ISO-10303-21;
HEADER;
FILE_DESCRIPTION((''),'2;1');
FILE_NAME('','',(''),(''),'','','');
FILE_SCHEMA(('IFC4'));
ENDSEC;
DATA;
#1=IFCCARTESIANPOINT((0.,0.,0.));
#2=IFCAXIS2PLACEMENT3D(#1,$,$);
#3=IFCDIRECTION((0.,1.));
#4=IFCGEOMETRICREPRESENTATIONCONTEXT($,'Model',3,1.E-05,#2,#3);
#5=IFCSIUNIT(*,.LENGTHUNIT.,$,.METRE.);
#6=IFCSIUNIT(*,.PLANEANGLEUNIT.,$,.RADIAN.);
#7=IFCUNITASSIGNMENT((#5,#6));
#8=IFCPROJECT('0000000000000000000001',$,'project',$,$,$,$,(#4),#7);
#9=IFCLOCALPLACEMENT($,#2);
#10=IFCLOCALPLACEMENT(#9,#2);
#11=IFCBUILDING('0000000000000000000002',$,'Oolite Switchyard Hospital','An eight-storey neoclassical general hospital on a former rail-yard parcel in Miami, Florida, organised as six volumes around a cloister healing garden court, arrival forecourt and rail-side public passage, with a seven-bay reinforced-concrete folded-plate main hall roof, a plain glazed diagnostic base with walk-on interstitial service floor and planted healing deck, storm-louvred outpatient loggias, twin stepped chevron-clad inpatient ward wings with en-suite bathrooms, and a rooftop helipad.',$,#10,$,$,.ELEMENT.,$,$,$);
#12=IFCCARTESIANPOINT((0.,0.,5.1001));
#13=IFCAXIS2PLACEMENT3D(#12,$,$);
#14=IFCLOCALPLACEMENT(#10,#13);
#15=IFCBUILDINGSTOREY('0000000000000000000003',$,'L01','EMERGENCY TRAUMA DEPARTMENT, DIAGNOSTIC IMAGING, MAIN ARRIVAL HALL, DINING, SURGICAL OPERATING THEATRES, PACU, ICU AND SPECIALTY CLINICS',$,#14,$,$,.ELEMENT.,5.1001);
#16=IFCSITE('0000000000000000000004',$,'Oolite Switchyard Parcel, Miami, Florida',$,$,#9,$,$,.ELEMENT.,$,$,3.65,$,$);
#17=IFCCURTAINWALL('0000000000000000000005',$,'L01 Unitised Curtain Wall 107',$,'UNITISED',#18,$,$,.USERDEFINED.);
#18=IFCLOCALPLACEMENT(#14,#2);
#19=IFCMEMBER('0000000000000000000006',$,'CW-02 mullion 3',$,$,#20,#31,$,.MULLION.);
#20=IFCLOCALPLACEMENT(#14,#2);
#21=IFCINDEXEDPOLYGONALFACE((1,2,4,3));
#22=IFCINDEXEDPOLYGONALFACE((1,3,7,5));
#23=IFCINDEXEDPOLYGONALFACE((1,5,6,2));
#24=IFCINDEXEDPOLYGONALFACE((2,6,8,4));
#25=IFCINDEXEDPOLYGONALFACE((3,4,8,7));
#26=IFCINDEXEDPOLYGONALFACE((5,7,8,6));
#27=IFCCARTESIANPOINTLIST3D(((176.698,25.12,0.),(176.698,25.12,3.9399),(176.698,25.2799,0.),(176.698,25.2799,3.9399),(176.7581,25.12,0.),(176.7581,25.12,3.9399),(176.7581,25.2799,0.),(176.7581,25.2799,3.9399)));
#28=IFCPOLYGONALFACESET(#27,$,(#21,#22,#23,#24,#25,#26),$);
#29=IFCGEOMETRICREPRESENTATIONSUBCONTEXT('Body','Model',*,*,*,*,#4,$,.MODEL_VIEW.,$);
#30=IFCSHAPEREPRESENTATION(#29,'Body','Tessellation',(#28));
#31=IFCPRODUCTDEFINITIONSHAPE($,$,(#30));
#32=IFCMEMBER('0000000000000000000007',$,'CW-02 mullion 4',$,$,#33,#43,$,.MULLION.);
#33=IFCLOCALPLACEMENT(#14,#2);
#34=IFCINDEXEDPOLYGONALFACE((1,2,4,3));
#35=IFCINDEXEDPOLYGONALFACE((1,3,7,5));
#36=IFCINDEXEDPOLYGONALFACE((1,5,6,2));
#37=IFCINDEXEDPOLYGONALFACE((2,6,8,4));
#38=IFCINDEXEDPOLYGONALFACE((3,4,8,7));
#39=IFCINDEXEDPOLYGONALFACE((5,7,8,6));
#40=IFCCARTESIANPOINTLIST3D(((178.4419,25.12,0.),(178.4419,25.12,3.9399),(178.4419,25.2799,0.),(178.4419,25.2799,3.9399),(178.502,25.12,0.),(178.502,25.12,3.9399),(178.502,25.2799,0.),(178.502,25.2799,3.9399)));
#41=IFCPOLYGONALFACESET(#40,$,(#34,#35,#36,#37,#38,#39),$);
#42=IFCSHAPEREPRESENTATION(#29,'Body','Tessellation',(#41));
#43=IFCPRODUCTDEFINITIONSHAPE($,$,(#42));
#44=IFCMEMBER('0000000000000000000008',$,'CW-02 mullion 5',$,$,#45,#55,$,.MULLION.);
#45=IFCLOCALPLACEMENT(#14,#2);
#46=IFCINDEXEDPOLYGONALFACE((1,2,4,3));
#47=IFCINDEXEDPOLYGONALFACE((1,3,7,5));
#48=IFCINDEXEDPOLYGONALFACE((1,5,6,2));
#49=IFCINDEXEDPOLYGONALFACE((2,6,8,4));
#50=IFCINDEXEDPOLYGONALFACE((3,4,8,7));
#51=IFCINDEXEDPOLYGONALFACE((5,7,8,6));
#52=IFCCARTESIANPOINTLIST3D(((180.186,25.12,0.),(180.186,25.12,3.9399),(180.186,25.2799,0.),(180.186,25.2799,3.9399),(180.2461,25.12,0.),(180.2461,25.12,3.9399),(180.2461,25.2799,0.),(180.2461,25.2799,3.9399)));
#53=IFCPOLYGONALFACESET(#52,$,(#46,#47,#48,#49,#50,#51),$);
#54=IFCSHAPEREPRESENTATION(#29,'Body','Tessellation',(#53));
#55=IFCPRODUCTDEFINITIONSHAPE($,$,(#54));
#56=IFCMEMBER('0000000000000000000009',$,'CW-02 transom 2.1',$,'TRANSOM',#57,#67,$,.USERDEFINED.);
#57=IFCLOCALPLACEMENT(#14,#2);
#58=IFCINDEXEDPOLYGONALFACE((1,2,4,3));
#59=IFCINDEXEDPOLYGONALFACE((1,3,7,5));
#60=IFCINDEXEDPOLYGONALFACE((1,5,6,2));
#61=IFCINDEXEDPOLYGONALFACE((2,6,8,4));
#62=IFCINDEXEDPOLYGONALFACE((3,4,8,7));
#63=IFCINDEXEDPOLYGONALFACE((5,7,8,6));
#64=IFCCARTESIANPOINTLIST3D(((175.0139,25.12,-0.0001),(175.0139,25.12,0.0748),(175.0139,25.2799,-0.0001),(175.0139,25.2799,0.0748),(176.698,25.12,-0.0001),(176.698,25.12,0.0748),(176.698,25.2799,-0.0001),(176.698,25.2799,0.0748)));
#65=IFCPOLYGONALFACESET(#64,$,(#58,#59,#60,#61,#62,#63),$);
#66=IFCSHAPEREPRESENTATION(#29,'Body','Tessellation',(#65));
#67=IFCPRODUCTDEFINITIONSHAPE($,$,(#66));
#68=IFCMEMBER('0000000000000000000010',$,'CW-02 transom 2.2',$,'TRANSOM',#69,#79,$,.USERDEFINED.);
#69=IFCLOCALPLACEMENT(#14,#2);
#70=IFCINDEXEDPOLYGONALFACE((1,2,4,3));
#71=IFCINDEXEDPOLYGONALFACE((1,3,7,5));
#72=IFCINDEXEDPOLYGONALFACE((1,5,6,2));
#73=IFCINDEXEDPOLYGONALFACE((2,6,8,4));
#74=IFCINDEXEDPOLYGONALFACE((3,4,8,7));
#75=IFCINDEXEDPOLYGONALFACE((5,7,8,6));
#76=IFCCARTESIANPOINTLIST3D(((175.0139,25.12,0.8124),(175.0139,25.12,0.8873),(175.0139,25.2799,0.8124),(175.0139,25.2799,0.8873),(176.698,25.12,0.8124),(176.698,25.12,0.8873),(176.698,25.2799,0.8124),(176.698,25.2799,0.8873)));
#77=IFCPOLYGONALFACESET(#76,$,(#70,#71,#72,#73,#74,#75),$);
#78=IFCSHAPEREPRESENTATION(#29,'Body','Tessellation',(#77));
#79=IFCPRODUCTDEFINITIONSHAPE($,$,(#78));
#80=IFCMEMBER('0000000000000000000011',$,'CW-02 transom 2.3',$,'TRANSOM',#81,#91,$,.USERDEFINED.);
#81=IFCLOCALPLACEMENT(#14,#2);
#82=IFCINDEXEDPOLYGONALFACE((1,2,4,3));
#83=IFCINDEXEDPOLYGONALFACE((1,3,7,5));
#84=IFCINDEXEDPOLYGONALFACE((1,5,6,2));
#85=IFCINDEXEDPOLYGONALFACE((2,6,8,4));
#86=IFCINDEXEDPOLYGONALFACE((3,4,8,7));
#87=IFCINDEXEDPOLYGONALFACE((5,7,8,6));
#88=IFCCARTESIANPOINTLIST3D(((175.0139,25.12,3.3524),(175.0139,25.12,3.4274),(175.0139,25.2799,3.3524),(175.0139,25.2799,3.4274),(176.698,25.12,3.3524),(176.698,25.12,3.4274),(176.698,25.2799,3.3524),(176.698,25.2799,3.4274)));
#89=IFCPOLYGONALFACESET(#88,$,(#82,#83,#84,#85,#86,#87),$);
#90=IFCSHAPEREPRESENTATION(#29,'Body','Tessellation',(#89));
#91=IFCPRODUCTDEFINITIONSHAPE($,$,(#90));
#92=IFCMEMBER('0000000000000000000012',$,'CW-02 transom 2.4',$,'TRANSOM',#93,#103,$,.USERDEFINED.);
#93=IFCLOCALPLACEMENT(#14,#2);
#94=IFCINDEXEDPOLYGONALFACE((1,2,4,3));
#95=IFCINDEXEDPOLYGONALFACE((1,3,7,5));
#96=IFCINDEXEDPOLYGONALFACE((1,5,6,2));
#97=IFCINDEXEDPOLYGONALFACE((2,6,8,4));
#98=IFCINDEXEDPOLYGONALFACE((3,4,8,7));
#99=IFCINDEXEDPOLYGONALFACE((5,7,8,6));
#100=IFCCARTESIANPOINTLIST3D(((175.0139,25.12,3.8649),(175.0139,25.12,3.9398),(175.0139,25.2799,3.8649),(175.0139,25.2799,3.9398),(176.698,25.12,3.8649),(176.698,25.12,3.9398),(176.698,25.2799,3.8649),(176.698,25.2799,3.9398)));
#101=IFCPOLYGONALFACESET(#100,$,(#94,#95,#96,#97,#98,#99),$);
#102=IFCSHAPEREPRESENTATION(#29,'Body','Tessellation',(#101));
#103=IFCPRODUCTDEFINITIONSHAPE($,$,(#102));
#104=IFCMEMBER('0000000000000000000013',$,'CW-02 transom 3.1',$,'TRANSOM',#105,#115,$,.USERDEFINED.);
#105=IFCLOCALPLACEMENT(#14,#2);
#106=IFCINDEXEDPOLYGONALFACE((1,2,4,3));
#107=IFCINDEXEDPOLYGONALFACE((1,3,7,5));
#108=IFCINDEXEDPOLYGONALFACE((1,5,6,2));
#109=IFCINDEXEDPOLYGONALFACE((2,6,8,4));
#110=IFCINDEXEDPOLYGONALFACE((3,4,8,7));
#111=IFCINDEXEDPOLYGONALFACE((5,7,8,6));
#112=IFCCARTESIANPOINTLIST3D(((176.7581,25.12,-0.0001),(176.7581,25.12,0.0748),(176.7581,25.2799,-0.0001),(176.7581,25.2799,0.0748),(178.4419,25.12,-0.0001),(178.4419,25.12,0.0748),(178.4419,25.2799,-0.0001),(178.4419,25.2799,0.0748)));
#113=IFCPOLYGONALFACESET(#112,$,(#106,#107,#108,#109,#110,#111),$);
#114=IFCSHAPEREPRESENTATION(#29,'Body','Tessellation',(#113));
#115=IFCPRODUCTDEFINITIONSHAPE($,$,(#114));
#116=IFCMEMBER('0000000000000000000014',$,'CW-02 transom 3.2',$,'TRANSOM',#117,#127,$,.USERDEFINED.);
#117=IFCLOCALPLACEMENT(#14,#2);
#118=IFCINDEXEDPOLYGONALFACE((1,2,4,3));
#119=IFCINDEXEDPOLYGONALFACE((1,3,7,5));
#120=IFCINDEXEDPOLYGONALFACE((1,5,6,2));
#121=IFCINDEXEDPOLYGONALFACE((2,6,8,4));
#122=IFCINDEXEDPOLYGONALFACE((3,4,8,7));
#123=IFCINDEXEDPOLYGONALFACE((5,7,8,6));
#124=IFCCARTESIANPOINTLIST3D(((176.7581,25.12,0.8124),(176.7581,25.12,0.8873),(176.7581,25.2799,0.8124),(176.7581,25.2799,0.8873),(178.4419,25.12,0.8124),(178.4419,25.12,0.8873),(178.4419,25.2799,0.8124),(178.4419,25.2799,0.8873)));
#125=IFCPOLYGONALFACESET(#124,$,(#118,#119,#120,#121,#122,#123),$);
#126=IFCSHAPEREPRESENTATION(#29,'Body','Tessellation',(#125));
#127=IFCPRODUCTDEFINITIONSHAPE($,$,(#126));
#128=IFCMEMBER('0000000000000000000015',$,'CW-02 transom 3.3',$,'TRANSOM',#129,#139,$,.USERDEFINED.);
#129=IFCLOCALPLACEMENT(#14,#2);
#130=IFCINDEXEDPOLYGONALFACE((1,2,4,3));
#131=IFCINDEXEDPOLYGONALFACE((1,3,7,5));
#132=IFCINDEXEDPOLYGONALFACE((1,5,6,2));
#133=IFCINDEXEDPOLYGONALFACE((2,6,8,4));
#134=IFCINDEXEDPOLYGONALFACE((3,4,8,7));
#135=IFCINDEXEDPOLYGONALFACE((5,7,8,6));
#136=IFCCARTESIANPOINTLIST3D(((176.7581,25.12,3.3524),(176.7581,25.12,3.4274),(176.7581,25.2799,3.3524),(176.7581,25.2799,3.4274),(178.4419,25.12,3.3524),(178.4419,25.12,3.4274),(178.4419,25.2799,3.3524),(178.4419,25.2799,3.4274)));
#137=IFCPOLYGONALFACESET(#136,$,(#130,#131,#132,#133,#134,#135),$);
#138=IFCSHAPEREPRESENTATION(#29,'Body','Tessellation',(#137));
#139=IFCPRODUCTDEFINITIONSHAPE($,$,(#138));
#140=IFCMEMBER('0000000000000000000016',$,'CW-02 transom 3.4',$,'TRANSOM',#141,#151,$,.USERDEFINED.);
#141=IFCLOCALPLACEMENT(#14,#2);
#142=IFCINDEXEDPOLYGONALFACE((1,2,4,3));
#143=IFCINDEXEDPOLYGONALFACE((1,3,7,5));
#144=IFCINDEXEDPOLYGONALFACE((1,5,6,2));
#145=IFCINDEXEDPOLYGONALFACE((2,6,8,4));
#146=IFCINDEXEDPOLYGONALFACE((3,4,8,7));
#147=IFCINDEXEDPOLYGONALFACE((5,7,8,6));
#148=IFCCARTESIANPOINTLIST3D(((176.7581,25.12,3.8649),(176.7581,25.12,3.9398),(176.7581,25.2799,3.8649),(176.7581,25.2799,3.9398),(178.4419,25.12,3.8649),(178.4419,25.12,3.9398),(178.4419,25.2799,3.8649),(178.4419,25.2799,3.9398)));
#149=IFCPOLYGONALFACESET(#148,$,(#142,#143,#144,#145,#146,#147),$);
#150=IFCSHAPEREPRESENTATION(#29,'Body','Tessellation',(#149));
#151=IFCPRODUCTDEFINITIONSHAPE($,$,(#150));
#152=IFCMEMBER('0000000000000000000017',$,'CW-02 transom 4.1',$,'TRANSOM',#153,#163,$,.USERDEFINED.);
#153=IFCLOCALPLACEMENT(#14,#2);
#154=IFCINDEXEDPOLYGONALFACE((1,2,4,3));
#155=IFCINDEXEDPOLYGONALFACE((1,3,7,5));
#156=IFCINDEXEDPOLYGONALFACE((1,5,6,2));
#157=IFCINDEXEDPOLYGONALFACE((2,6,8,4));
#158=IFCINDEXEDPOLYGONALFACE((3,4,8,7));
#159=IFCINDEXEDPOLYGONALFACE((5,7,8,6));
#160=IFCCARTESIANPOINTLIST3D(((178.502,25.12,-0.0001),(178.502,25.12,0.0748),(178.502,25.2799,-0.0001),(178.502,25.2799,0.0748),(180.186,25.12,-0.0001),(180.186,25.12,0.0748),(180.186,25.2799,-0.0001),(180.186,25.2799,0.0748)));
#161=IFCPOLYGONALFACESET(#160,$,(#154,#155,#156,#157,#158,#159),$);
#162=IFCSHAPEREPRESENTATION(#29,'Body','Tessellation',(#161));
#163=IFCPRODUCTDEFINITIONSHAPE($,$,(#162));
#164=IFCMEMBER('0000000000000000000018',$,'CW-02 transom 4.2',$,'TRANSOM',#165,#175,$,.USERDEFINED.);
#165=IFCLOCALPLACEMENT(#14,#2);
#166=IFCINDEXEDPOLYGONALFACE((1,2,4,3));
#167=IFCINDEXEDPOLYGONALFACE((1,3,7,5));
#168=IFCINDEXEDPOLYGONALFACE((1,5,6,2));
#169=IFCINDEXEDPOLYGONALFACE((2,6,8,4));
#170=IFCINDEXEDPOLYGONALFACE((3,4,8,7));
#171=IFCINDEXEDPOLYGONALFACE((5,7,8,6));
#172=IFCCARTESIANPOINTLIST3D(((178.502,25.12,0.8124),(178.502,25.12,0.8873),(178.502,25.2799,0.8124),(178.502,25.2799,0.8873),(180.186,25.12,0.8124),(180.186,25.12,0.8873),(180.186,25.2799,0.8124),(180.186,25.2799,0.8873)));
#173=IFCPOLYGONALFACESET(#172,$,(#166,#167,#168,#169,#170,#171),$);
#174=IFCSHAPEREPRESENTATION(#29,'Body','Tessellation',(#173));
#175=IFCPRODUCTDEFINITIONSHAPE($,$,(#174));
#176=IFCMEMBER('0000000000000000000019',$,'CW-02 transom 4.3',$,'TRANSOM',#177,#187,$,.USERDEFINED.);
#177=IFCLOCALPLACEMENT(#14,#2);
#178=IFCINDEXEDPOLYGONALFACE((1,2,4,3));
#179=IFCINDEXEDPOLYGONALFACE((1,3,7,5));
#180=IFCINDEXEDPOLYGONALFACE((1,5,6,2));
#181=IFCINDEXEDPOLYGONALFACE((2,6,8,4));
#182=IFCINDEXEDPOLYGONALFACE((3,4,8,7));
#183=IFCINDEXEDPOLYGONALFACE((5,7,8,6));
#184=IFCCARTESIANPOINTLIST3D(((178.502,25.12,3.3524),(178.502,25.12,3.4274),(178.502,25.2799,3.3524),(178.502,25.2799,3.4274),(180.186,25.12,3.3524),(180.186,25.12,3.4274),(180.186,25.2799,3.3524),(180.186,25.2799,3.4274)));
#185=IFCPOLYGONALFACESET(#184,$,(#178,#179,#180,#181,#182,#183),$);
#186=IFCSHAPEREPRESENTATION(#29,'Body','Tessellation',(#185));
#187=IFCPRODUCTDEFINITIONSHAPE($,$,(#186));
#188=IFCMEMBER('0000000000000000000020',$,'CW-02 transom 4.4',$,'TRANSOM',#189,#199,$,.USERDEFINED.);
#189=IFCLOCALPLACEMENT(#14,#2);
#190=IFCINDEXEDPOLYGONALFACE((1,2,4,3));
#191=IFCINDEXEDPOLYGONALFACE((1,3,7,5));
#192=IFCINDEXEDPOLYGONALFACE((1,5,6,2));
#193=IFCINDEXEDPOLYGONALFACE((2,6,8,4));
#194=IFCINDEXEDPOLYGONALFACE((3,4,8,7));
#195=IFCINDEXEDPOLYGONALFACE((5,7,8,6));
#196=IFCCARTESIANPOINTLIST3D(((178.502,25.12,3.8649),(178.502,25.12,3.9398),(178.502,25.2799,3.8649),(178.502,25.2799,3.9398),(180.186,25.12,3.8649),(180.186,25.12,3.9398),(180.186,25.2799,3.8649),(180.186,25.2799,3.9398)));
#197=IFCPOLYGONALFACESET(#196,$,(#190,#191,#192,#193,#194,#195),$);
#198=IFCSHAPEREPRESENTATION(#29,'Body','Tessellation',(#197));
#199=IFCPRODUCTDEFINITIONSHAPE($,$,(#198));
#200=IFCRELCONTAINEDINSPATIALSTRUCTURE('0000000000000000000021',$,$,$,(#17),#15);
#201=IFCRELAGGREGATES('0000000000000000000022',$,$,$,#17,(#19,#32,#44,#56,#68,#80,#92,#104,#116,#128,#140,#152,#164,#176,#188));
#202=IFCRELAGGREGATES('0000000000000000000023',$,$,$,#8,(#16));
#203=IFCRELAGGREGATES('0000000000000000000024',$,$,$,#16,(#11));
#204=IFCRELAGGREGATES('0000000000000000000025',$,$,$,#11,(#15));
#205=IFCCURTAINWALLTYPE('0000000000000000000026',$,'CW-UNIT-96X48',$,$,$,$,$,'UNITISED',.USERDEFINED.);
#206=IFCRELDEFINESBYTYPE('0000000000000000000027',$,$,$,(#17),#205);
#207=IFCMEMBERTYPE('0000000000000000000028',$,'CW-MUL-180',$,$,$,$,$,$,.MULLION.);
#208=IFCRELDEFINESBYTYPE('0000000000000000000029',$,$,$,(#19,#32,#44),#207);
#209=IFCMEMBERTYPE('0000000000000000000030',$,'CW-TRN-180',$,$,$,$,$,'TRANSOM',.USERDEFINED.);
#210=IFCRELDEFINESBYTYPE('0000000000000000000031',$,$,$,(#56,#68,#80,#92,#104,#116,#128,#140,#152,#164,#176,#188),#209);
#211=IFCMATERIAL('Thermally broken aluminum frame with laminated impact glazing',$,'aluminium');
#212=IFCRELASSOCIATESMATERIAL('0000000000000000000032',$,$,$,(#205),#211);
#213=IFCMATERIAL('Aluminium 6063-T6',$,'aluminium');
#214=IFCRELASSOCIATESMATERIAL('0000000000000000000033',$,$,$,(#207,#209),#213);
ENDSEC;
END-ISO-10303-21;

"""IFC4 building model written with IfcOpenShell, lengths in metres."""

from ifc_helpers import new_model, si_unit, direction, frame, origin, origin_2d, place, context, subcontext, project, spatial, rectangle, extrude, material, material_profile, profile_set, type_object, element, aggregate, save


model = new_model("IFC4")

# Units and contexts
model_context = context("Model", 3, precision=1e-05, world=origin(), true_north=direction((0.0, 1.0)))
body_context = subcontext(model_context, "Body", "Model", "MODEL_VIEW")
ifc_project = project(units=[si_unit("LENGTHUNIT", "METRE"), si_unit("PLANEANGLEUNIT", "RADIAN")], contexts=[model_context])

# Site, building, storey
site_placement = place(None, origin())
site = spatial("IfcSite", under=ifc_project, at=site_placement, Name="Oolite Switchyard Parcel, Miami, Florida", CompositionType="ELEMENT", RefElevation=3.65)
building_placement = place(site_placement, origin())
building = spatial("IfcBuilding", under=site, at=building_placement, Name="Oolite Switchyard Hospital", Description="An eight-storey neoclassical general hospital on a former rail-yard parcel in Miami, Florida, organised as six volumes around a cloister healing garden court, arrival forecourt and rail-side public passage, with a seven-bay reinforced-concrete folded-plate main hall roof, a plain glazed diagnostic base with walk-on interstitial service floor and planted healing deck, storm-louvred outpatient loggias, twin stepped chevron-clad inpatient ward wings with en-suite bathrooms, and a rooftop helipad.", CompositionType="ELEMENT")
storey_placement = place(building_placement, frame((0.0, 0.0, 5.1001)))
storey = spatial("IfcBuildingStorey", under=building, at=storey_placement, Name="L01", Description="EMERGENCY TRAUMA DEPARTMENT, DIAGNOSTIC IMAGING, MAIN ARRIVAL HALL, DINING, SURGICAL OPERATING THEATRES, PACU, ICU AND SPECIALTY CLINICS", CompositionType="ELEMENT", Elevation=5.1001)

# Curtain wall, members
ifc_material_1 = material(Name="Thermally broken aluminum frame with laminated impact glazing", Category="aluminium")
curtain_wall_type = type_object("IfcCurtainWallType", Name="CW-UNIT-96X48", ElementType="UNITISED", PredefinedType="USERDEFINED", material=ifc_material_1)
curtain_wall_placement = place(storey_placement, origin())
curtain_wall = element("IfcCurtainWall", 1, at=curtain_wall_placement, inside=storey, type_object=curtain_wall_type, Name="L01 Unitised Curtain Wall 107", ObjectType="UNITISED", PredefinedType="USERDEFINED")
ifc_material_2 = material(Name="Aluminium 6063-T6", Category="aluminium")
ifc_material_profile_1 = material_profile(ifc_material_2, rectangle(XDim=0.1599, YDim=0.0601, at=origin_2d()), Name="CWM60X160")
ifc_profile_set_1 = profile_set([ifc_material_profile_1], Name="Aluminium 6063-T6")
member_type_1 = type_object("IfcMemberType", Name="CW-MUL-180", PredefinedType="MULLION", material=ifc_profile_set_1)
member_1_placement = place(storey_placement, frame((176.728, 25.2, 0.0), z_axis=(0.0, 0.0, 1.0), x_axis=(0.0, 1.0, 0.0)))
member_1 = element("IfcMember", 2, at=member_1_placement, type_object=member_type_1, Name="CW-02 mullion 3", PredefinedType="MULLION", context=body_context, shape_type="SweptSolid", body=[
    extrude(rectangle(XDim=0.1599, YDim=0.0601, at=origin_2d()), origin(), (0.0, 0.0, 1.0), 3.9399),
])
member_2_placement = place(storey_placement, frame((178.4719, 25.2, 0.0), z_axis=(0.0, 0.0, 1.0), x_axis=(0.0, 1.0, 0.0)))
member_2 = element("IfcMember", 3, at=member_2_placement, type_object=member_type_1, Name="CW-02 mullion 4", PredefinedType="MULLION", context=body_context, shape_type="SweptSolid", body=[
    extrude(rectangle(XDim=0.1599, YDim=0.0601, at=origin_2d()), origin(), (0.0, 0.0, 1.0), 3.9399),
])
member_3_placement = place(storey_placement, frame((180.2161, 25.2, 0.0), z_axis=(0.0, 0.0, 1.0), x_axis=(0.0, 1.0, 0.0)))
member_3 = element("IfcMember", 4, at=member_3_placement, type_object=member_type_1, Name="CW-02 mullion 5", PredefinedType="MULLION", context=body_context, shape_type="SweptSolid", body=[
    extrude(rectangle(XDim=0.1599, YDim=0.0601, at=origin_2d()), origin(), (0.0, 0.0, 1.0), 3.9399),
])
ifc_material_profile_2 = material_profile(ifc_material_2, rectangle(XDim=0.1599, YDim=0.075, at=origin_2d()), Name="CWT75X160")
ifc_profile_set_2 = profile_set([ifc_material_profile_2], Name="Aluminium 6063-T6")
member_type_2 = type_object("IfcMemberType", Name="CW-TRN-180", ElementType="TRANSOM", PredefinedType="USERDEFINED", material=ifc_profile_set_2)
member_4_placement = place(storey_placement, frame((175.0139, 25.2, 0.0374), z_axis=(1.0, 0.0, 0.0), x_axis=(0.0, 1.0, 0.0)))
member_4 = element("IfcMember", 5, at=member_4_placement, type_object=member_type_2, Name="CW-02 transom 2.1", ObjectType="TRANSOM", PredefinedType="USERDEFINED", context=body_context, shape_type="SweptSolid", body=[
    extrude(rectangle(XDim=0.1599, YDim=0.075, at=origin_2d()), origin(), (0.0, 0.0, 1.0), 1.6841),
])
member_5_placement = place(storey_placement, frame((175.0139, 25.2, 0.8499), z_axis=(1.0, 0.0, 0.0), x_axis=(0.0, 1.0, 0.0)))
member_5 = element("IfcMember", 6, at=member_5_placement, type_object=member_type_2, Name="CW-02 transom 2.2", ObjectType="TRANSOM", PredefinedType="USERDEFINED", context=body_context, shape_type="SweptSolid", body=[
    extrude(rectangle(XDim=0.1599, YDim=0.075, at=origin_2d()), origin(), (0.0, 0.0, 1.0), 1.6841),
])
member_6_placement = place(storey_placement, frame((175.0139, 25.2, 3.3899), z_axis=(1.0, 0.0, 0.0), x_axis=(0.0, 1.0, 0.0)))
member_6 = element("IfcMember", 7, at=member_6_placement, type_object=member_type_2, Name="CW-02 transom 2.3", ObjectType="TRANSOM", PredefinedType="USERDEFINED", context=body_context, shape_type="SweptSolid", body=[
    extrude(rectangle(XDim=0.1599, YDim=0.075, at=origin_2d()), origin(), (0.0, 0.0, 1.0), 1.6841),
])
member_7_placement = place(storey_placement, frame((175.0139, 25.2, 3.9023), z_axis=(1.0, 0.0, 0.0), x_axis=(0.0, 1.0, 0.0)))
member_7 = element("IfcMember", 8, at=member_7_placement, type_object=member_type_2, Name="CW-02 transom 2.4", ObjectType="TRANSOM", PredefinedType="USERDEFINED", context=body_context, shape_type="SweptSolid", body=[
    extrude(rectangle(XDim=0.1599, YDim=0.075, at=origin_2d()), origin(), (0.0, 0.0, 1.0), 1.6841),
])
member_8_placement = place(storey_placement, frame((176.7581, 25.2, 0.0374), z_axis=(1.0, 0.0, 0.0), x_axis=(0.0, 1.0, 0.0)))
member_8 = element("IfcMember", 9, at=member_8_placement, type_object=member_type_2, Name="CW-02 transom 3.1", ObjectType="TRANSOM", PredefinedType="USERDEFINED", context=body_context, shape_type="SweptSolid", body=[
    extrude(rectangle(XDim=0.1599, YDim=0.075, at=origin_2d()), origin(), (0.0, 0.0, 1.0), 1.6838),
])
member_9_placement = place(storey_placement, frame((176.7581, 25.2, 0.8499), z_axis=(1.0, 0.0, 0.0), x_axis=(0.0, 1.0, 0.0)))
member_9 = element("IfcMember", 10, at=member_9_placement, type_object=member_type_2, Name="CW-02 transom 3.2", ObjectType="TRANSOM", PredefinedType="USERDEFINED", context=body_context, shape_type="SweptSolid", body=[
    extrude(rectangle(XDim=0.1599, YDim=0.075, at=origin_2d()), origin(), (0.0, 0.0, 1.0), 1.6838),
])
member_10_placement = place(storey_placement, frame((176.7581, 25.2, 3.3899), z_axis=(1.0, 0.0, 0.0), x_axis=(0.0, 1.0, 0.0)))
member_10 = element("IfcMember", 11, at=member_10_placement, type_object=member_type_2, Name="CW-02 transom 3.3", ObjectType="TRANSOM", PredefinedType="USERDEFINED", context=body_context, shape_type="SweptSolid", body=[
    extrude(rectangle(XDim=0.1599, YDim=0.075, at=origin_2d()), origin(), (0.0, 0.0, 1.0), 1.6838),
])
member_11_placement = place(storey_placement, frame((176.7581, 25.2, 3.9023), z_axis=(1.0, 0.0, 0.0), x_axis=(0.0, 1.0, 0.0)))
member_11 = element("IfcMember", 12, at=member_11_placement, type_object=member_type_2, Name="CW-02 transom 3.4", ObjectType="TRANSOM", PredefinedType="USERDEFINED", context=body_context, shape_type="SweptSolid", body=[
    extrude(rectangle(XDim=0.1599, YDim=0.075, at=origin_2d()), origin(), (0.0, 0.0, 1.0), 1.6838),
])
member_12_placement = place(storey_placement, frame((178.502, 25.2, 0.0374), z_axis=(1.0, 0.0, 0.0), x_axis=(0.0, 1.0, 0.0)))
member_12 = element("IfcMember", 13, at=member_12_placement, type_object=member_type_2, Name="CW-02 transom 4.1", ObjectType="TRANSOM", PredefinedType="USERDEFINED", context=body_context, shape_type="SweptSolid", body=[
    extrude(rectangle(XDim=0.1599, YDim=0.075, at=origin_2d()), origin(), (0.0, 0.0, 1.0), 1.6841),
])
member_13_placement = place(storey_placement, frame((178.502, 25.2, 0.8499), z_axis=(1.0, 0.0, 0.0), x_axis=(0.0, 1.0, 0.0)))
member_13 = element("IfcMember", 14, at=member_13_placement, type_object=member_type_2, Name="CW-02 transom 4.2", ObjectType="TRANSOM", PredefinedType="USERDEFINED", context=body_context, shape_type="SweptSolid", body=[
    extrude(rectangle(XDim=0.1599, YDim=0.075, at=origin_2d()), origin(), (0.0, 0.0, 1.0), 1.6841),
])
member_14_placement = place(storey_placement, frame((178.502, 25.2, 3.3899), z_axis=(1.0, 0.0, 0.0), x_axis=(0.0, 1.0, 0.0)))
member_14 = element("IfcMember", 15, at=member_14_placement, type_object=member_type_2, Name="CW-02 transom 4.3", ObjectType="TRANSOM", PredefinedType="USERDEFINED", context=body_context, shape_type="SweptSolid", body=[
    extrude(rectangle(XDim=0.1599, YDim=0.075, at=origin_2d()), origin(), (0.0, 0.0, 1.0), 1.6841),
])
member_15_placement = place(storey_placement, frame((178.502, 25.2, 3.9023), z_axis=(1.0, 0.0, 0.0), x_axis=(0.0, 1.0, 0.0)))
member_15 = element("IfcMember", 16, at=member_15_placement, type_object=member_type_2, Name="CW-02 transom 4.4", ObjectType="TRANSOM", PredefinedType="USERDEFINED", context=body_context, shape_type="SweptSolid", body=[
    extrude(rectangle(XDim=0.1599, YDim=0.075, at=origin_2d()), origin(), (0.0, 0.0, 1.0), 1.6841),
])
aggregate(curtain_wall, [member_1, member_2, member_3, member_4, member_5, member_6, member_7, member_8, member_9, member_10, member_11, member_12, member_13, member_14, member_15])

save(model, "model.ifc")
